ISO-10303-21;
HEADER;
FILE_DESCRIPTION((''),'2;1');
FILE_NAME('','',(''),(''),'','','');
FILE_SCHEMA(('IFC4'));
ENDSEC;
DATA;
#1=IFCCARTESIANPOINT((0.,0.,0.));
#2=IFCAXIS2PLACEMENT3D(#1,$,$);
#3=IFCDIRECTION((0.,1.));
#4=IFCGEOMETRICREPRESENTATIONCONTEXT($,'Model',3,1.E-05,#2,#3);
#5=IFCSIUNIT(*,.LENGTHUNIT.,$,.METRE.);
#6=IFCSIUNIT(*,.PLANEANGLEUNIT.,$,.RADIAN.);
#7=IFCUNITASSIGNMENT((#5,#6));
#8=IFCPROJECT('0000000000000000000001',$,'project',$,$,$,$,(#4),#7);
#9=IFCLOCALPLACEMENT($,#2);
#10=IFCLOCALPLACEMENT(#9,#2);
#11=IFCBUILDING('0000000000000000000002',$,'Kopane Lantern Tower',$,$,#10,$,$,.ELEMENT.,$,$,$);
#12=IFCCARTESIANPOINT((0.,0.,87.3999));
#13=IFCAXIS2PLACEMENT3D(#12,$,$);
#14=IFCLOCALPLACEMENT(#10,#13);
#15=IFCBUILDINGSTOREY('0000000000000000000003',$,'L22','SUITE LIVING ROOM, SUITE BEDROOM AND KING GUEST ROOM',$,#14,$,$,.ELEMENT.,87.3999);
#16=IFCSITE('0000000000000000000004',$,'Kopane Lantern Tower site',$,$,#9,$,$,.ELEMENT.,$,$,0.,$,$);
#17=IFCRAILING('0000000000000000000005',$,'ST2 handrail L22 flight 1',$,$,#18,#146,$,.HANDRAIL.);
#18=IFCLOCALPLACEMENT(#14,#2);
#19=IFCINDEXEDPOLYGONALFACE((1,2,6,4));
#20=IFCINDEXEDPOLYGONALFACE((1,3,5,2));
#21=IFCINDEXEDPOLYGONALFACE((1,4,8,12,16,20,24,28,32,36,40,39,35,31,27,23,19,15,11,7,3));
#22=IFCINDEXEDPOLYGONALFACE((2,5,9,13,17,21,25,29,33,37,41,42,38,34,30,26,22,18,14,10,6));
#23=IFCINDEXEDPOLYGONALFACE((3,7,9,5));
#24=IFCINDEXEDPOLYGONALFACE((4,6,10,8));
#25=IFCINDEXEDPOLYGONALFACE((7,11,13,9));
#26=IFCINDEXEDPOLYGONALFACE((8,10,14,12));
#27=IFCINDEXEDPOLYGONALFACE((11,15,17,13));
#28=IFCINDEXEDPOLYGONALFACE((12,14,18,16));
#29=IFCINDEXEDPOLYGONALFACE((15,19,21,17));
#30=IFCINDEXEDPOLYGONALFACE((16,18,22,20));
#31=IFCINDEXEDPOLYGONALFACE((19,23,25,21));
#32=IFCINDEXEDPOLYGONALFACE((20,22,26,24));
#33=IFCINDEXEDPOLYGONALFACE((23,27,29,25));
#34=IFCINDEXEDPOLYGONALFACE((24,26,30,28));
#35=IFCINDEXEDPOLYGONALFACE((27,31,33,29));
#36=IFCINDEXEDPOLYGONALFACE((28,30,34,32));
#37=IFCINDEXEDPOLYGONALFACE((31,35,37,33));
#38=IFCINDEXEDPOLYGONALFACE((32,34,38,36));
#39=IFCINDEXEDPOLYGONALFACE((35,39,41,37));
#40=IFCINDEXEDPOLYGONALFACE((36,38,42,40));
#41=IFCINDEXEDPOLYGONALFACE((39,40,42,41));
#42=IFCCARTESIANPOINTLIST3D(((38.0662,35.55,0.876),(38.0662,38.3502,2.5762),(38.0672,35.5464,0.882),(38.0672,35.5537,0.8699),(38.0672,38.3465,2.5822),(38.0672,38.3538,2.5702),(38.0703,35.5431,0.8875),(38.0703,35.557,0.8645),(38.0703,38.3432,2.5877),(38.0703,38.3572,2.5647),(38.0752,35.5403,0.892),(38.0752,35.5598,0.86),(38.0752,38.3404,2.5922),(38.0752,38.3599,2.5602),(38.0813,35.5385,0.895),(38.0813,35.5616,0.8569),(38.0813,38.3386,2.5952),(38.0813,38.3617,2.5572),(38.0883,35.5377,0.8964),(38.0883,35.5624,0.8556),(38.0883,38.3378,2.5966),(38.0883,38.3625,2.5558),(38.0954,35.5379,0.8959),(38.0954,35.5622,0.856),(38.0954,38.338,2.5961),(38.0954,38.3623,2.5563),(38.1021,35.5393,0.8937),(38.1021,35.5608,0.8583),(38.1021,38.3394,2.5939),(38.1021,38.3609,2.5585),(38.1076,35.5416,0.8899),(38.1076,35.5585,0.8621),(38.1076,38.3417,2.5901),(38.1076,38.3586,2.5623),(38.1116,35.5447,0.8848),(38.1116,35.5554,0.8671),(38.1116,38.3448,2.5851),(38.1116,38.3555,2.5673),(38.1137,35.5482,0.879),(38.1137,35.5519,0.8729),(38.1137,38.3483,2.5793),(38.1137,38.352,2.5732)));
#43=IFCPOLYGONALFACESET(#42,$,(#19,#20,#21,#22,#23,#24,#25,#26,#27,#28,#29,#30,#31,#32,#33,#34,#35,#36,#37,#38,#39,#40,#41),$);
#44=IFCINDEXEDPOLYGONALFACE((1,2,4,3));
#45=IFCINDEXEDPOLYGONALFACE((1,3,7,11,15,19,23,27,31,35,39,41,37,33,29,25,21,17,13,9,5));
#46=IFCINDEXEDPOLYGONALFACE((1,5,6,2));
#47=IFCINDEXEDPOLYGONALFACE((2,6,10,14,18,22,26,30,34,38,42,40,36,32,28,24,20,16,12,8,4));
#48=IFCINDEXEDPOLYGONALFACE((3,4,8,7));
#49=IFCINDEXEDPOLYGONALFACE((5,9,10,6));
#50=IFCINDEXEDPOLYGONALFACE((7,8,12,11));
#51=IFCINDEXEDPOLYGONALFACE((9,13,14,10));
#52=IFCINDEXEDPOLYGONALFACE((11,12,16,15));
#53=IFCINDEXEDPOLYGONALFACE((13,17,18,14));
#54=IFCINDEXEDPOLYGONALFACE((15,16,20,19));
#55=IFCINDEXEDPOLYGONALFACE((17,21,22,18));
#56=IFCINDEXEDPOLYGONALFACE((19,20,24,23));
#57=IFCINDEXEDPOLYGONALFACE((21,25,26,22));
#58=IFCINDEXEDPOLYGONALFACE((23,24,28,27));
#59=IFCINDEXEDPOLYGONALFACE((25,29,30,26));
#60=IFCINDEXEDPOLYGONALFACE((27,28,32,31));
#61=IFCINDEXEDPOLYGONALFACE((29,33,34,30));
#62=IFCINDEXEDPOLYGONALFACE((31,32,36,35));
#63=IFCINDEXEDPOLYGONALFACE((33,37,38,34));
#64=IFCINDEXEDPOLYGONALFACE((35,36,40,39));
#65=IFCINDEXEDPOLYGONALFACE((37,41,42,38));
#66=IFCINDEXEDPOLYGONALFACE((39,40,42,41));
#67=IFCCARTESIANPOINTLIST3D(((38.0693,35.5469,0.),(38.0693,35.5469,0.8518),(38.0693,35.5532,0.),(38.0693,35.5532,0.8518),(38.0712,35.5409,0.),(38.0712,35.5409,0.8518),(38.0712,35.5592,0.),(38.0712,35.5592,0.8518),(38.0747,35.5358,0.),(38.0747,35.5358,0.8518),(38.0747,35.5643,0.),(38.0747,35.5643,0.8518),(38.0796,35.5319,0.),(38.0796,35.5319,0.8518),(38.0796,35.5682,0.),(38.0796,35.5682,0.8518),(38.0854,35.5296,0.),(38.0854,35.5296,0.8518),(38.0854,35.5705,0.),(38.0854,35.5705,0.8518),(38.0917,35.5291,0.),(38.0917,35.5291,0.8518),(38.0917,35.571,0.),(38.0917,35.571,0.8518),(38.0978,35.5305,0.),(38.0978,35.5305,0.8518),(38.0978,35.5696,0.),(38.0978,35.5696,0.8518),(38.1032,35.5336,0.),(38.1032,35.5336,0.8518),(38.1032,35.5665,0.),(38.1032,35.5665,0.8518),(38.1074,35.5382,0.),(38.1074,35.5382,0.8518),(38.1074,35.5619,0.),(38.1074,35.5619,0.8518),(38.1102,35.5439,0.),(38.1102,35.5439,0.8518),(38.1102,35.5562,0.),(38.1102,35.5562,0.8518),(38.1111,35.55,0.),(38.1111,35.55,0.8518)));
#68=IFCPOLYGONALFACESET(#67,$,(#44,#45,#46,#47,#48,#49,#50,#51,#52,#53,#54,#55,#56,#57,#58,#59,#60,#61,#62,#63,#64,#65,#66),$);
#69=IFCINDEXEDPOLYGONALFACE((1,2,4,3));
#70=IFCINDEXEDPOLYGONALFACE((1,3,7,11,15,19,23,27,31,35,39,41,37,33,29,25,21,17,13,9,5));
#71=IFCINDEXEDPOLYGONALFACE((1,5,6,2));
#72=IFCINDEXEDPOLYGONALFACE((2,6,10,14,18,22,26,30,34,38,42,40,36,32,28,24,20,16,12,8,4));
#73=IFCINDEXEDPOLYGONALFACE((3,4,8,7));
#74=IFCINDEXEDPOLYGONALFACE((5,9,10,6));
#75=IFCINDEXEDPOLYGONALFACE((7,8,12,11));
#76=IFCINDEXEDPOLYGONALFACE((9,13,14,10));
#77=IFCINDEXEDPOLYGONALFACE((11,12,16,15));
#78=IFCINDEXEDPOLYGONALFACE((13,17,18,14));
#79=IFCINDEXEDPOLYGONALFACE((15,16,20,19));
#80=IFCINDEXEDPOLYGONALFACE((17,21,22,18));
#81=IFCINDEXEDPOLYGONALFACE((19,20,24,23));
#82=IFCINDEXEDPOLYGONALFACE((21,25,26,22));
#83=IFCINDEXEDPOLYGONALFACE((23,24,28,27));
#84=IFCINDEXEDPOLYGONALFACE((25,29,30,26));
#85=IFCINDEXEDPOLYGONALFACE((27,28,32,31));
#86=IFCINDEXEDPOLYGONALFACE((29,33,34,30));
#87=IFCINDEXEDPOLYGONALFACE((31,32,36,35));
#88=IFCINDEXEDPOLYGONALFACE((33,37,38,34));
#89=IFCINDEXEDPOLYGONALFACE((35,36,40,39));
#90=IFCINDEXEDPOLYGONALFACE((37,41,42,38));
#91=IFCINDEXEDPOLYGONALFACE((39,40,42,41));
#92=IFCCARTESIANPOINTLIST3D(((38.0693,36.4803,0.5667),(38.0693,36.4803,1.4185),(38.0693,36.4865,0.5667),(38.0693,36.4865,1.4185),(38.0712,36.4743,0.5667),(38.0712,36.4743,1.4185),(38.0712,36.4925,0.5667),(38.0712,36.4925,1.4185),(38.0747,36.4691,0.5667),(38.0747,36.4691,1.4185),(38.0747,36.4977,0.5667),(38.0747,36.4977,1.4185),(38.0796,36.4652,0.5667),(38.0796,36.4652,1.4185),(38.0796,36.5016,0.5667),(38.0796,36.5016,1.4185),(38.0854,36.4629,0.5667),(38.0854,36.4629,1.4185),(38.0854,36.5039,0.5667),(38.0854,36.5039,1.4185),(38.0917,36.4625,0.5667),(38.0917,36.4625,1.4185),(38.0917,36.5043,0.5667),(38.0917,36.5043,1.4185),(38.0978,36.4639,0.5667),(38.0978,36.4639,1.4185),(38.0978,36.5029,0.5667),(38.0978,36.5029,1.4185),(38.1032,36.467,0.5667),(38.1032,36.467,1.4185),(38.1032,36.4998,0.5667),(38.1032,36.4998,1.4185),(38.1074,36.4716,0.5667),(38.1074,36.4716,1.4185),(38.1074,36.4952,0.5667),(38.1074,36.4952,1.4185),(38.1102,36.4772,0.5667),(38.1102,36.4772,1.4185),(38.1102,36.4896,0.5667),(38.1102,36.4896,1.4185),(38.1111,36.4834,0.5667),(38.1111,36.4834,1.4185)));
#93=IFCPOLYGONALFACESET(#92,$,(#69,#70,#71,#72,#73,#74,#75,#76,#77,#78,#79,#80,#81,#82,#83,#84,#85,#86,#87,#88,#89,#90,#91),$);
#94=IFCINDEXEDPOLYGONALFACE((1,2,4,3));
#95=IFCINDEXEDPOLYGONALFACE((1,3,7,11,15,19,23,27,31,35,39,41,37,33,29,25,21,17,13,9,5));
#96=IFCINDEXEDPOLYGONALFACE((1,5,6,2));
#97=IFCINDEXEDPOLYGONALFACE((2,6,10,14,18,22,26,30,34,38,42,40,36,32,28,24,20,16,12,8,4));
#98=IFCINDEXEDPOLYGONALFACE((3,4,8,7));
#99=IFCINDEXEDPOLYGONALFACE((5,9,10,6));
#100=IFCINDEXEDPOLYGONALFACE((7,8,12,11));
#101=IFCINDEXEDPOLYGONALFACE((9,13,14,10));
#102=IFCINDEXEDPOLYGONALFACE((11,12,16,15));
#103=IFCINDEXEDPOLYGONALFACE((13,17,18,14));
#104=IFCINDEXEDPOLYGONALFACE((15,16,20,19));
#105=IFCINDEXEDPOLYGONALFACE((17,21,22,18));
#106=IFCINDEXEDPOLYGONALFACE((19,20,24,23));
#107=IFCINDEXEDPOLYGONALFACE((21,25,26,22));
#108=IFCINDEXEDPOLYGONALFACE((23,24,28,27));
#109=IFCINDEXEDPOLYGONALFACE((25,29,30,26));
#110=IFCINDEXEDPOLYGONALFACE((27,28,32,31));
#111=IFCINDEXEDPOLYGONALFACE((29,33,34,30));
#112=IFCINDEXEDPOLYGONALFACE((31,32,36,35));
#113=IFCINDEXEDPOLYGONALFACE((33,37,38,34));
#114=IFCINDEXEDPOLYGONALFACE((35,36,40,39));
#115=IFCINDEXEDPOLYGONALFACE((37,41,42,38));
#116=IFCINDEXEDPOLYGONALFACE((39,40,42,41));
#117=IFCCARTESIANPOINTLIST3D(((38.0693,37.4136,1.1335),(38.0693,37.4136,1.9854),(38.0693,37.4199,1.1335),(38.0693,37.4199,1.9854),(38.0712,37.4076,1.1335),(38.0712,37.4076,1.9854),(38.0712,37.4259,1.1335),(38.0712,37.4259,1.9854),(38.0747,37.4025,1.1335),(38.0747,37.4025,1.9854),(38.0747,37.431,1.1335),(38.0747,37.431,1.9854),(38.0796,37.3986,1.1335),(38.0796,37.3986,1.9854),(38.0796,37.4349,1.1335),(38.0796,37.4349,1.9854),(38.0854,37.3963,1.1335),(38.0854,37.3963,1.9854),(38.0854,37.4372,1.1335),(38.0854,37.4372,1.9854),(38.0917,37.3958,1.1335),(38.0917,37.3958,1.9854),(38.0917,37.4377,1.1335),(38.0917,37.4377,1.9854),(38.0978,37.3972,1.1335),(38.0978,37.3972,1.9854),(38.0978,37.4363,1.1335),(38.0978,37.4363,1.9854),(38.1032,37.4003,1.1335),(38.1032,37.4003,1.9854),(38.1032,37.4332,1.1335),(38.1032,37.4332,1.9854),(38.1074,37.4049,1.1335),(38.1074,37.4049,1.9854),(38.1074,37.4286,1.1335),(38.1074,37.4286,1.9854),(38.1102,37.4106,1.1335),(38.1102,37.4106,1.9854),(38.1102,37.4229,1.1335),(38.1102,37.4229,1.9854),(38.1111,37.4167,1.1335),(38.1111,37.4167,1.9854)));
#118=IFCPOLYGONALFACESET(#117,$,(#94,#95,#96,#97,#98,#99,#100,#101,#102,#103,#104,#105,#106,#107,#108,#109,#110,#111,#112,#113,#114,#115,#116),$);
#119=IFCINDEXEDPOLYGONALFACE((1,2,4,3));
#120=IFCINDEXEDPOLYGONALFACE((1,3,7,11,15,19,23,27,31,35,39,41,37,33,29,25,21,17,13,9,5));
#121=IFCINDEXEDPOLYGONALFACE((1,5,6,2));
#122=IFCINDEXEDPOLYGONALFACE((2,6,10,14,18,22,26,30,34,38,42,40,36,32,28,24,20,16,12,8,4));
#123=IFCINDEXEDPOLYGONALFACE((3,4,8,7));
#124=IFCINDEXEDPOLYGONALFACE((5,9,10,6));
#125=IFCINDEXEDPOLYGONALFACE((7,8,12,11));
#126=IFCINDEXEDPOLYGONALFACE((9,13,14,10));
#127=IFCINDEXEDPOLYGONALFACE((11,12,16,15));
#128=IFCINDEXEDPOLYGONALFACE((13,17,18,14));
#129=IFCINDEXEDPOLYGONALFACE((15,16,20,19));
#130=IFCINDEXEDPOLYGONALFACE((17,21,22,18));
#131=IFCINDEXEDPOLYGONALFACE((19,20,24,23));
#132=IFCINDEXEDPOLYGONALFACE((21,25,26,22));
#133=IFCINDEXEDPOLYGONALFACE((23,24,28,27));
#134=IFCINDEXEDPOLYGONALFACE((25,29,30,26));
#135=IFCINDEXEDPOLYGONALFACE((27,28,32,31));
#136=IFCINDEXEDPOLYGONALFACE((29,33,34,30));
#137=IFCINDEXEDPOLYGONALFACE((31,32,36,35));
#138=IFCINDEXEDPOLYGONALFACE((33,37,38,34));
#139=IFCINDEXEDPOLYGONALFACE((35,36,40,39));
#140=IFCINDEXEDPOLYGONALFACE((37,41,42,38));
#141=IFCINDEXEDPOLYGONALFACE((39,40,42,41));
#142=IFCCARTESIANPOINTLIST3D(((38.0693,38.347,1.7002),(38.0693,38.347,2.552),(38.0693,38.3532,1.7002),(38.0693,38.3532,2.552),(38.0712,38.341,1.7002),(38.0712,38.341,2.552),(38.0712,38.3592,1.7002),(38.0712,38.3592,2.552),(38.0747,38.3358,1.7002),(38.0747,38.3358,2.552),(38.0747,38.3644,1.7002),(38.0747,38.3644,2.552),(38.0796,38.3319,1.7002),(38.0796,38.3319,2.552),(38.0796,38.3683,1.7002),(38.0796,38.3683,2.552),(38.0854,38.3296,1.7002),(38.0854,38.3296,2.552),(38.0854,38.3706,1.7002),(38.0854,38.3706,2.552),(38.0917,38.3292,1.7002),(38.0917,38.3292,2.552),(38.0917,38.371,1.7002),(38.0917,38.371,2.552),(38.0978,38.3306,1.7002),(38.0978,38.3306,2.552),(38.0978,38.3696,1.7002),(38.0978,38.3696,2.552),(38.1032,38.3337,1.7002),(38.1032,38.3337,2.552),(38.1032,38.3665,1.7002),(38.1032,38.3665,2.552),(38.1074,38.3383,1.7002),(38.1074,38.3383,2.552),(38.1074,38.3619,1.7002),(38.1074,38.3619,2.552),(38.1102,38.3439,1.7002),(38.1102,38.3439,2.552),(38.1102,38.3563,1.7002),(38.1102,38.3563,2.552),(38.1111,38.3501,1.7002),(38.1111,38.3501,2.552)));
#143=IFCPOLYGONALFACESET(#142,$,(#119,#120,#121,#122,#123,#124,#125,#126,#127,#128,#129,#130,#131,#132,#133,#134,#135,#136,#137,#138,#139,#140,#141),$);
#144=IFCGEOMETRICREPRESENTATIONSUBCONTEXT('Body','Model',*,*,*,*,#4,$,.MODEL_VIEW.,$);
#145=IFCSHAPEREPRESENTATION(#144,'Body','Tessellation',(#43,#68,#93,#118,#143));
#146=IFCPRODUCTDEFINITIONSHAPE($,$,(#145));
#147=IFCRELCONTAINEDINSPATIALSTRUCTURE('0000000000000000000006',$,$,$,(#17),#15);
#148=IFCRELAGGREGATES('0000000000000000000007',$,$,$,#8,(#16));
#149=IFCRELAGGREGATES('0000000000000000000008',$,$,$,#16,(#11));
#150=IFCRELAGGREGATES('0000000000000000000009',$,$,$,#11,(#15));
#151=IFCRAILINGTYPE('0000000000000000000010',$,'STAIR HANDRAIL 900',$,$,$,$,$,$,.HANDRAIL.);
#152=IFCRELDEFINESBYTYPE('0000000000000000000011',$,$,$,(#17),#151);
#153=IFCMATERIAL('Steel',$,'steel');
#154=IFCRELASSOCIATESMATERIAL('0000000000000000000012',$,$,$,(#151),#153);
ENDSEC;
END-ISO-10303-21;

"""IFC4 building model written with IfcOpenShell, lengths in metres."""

from ifc_helpers import new_model, si_unit, direction, frame, origin, origin_2d, place, context, subcontext, project, spatial, circle, extrude, material, type_object, element, save


model = new_model("IFC4")

# Units and contexts
model_context = context("Model", 3, precision=1e-05, world=origin(), true_north=direction((0.0, 1.0)))
body_context = subcontext(model_context, "Body", "Model", "MODEL_VIEW")
ifc_project = project(units=[si_unit("LENGTHUNIT", "METRE"), si_unit("PLANEANGLEUNIT", "RADIAN")], contexts=[model_context])

# Site, building, storey
site_placement = place(None, origin())
site = spatial("IfcSite", under=ifc_project, at=site_placement, Name="Kopane Lantern Tower site", CompositionType="ELEMENT", RefElevation=0.0)
building_placement = place(site_placement, origin())
building = spatial("IfcBuilding", under=site, at=building_placement, Name="Kopane Lantern Tower", CompositionType="ELEMENT")
storey_placement = place(building_placement, frame((0.0, 0.0, 87.3999)))
storey = spatial("IfcBuildingStorey", under=building, at=storey_placement, Name="L22", Description="SUITE LIVING ROOM, SUITE BEDROOM AND KING GUEST ROOM", CompositionType="ELEMENT", Elevation=87.3999)

# Railing
ifc_material_1 = material(Name="Steel", Category="steel")
railing_type_1 = type_object("IfcRailingType", Name="STAIR HANDRAIL 900", PredefinedType="HANDRAIL", material=ifc_material_1)
for number, where, name in (
    (1, (38.0901, 35.55, 0.0), "ST2 handrail L22 flight 1"),
):
    element("IfcRailing", number, at=place(storey_placement, frame(where)), inside=storey, type_object=railing_type_1, Name=name, PredefinedType="HANDRAIL", context=body_context, shape_type="SweptSolid", body=[
        extrude(circle(Radius=0.0239, at=origin_2d()), frame((0.0, 0.0, 0.876), z_axis=(0.0, 0.854765, 0.519015), x_axis=(-1.0, 0.0, 0.0)), (0.0, 0.0, 1.0), 3.2759),
        extrude(circle(Radius=0.021, at=origin_2d()), origin(), (0.0, 0.0, 1.0), 0.8518),
        extrude(circle(Radius=0.021, at=origin_2d()), frame((0.0, 0.9333, 0.5667)), (0.0, 0.0, 1.0), 0.8518),
        extrude(circle(Radius=0.021, at=origin_2d()), frame((0.0, 1.8667, 1.1335)), (0.0, 0.0, 1.0), 0.8518),
        extrude(circle(Radius=0.021, at=origin_2d()), frame((0.0, 2.8, 1.7002)), (0.0, 0.0, 1.0), 0.8518),
    ])

save(model, "model.ifc")
